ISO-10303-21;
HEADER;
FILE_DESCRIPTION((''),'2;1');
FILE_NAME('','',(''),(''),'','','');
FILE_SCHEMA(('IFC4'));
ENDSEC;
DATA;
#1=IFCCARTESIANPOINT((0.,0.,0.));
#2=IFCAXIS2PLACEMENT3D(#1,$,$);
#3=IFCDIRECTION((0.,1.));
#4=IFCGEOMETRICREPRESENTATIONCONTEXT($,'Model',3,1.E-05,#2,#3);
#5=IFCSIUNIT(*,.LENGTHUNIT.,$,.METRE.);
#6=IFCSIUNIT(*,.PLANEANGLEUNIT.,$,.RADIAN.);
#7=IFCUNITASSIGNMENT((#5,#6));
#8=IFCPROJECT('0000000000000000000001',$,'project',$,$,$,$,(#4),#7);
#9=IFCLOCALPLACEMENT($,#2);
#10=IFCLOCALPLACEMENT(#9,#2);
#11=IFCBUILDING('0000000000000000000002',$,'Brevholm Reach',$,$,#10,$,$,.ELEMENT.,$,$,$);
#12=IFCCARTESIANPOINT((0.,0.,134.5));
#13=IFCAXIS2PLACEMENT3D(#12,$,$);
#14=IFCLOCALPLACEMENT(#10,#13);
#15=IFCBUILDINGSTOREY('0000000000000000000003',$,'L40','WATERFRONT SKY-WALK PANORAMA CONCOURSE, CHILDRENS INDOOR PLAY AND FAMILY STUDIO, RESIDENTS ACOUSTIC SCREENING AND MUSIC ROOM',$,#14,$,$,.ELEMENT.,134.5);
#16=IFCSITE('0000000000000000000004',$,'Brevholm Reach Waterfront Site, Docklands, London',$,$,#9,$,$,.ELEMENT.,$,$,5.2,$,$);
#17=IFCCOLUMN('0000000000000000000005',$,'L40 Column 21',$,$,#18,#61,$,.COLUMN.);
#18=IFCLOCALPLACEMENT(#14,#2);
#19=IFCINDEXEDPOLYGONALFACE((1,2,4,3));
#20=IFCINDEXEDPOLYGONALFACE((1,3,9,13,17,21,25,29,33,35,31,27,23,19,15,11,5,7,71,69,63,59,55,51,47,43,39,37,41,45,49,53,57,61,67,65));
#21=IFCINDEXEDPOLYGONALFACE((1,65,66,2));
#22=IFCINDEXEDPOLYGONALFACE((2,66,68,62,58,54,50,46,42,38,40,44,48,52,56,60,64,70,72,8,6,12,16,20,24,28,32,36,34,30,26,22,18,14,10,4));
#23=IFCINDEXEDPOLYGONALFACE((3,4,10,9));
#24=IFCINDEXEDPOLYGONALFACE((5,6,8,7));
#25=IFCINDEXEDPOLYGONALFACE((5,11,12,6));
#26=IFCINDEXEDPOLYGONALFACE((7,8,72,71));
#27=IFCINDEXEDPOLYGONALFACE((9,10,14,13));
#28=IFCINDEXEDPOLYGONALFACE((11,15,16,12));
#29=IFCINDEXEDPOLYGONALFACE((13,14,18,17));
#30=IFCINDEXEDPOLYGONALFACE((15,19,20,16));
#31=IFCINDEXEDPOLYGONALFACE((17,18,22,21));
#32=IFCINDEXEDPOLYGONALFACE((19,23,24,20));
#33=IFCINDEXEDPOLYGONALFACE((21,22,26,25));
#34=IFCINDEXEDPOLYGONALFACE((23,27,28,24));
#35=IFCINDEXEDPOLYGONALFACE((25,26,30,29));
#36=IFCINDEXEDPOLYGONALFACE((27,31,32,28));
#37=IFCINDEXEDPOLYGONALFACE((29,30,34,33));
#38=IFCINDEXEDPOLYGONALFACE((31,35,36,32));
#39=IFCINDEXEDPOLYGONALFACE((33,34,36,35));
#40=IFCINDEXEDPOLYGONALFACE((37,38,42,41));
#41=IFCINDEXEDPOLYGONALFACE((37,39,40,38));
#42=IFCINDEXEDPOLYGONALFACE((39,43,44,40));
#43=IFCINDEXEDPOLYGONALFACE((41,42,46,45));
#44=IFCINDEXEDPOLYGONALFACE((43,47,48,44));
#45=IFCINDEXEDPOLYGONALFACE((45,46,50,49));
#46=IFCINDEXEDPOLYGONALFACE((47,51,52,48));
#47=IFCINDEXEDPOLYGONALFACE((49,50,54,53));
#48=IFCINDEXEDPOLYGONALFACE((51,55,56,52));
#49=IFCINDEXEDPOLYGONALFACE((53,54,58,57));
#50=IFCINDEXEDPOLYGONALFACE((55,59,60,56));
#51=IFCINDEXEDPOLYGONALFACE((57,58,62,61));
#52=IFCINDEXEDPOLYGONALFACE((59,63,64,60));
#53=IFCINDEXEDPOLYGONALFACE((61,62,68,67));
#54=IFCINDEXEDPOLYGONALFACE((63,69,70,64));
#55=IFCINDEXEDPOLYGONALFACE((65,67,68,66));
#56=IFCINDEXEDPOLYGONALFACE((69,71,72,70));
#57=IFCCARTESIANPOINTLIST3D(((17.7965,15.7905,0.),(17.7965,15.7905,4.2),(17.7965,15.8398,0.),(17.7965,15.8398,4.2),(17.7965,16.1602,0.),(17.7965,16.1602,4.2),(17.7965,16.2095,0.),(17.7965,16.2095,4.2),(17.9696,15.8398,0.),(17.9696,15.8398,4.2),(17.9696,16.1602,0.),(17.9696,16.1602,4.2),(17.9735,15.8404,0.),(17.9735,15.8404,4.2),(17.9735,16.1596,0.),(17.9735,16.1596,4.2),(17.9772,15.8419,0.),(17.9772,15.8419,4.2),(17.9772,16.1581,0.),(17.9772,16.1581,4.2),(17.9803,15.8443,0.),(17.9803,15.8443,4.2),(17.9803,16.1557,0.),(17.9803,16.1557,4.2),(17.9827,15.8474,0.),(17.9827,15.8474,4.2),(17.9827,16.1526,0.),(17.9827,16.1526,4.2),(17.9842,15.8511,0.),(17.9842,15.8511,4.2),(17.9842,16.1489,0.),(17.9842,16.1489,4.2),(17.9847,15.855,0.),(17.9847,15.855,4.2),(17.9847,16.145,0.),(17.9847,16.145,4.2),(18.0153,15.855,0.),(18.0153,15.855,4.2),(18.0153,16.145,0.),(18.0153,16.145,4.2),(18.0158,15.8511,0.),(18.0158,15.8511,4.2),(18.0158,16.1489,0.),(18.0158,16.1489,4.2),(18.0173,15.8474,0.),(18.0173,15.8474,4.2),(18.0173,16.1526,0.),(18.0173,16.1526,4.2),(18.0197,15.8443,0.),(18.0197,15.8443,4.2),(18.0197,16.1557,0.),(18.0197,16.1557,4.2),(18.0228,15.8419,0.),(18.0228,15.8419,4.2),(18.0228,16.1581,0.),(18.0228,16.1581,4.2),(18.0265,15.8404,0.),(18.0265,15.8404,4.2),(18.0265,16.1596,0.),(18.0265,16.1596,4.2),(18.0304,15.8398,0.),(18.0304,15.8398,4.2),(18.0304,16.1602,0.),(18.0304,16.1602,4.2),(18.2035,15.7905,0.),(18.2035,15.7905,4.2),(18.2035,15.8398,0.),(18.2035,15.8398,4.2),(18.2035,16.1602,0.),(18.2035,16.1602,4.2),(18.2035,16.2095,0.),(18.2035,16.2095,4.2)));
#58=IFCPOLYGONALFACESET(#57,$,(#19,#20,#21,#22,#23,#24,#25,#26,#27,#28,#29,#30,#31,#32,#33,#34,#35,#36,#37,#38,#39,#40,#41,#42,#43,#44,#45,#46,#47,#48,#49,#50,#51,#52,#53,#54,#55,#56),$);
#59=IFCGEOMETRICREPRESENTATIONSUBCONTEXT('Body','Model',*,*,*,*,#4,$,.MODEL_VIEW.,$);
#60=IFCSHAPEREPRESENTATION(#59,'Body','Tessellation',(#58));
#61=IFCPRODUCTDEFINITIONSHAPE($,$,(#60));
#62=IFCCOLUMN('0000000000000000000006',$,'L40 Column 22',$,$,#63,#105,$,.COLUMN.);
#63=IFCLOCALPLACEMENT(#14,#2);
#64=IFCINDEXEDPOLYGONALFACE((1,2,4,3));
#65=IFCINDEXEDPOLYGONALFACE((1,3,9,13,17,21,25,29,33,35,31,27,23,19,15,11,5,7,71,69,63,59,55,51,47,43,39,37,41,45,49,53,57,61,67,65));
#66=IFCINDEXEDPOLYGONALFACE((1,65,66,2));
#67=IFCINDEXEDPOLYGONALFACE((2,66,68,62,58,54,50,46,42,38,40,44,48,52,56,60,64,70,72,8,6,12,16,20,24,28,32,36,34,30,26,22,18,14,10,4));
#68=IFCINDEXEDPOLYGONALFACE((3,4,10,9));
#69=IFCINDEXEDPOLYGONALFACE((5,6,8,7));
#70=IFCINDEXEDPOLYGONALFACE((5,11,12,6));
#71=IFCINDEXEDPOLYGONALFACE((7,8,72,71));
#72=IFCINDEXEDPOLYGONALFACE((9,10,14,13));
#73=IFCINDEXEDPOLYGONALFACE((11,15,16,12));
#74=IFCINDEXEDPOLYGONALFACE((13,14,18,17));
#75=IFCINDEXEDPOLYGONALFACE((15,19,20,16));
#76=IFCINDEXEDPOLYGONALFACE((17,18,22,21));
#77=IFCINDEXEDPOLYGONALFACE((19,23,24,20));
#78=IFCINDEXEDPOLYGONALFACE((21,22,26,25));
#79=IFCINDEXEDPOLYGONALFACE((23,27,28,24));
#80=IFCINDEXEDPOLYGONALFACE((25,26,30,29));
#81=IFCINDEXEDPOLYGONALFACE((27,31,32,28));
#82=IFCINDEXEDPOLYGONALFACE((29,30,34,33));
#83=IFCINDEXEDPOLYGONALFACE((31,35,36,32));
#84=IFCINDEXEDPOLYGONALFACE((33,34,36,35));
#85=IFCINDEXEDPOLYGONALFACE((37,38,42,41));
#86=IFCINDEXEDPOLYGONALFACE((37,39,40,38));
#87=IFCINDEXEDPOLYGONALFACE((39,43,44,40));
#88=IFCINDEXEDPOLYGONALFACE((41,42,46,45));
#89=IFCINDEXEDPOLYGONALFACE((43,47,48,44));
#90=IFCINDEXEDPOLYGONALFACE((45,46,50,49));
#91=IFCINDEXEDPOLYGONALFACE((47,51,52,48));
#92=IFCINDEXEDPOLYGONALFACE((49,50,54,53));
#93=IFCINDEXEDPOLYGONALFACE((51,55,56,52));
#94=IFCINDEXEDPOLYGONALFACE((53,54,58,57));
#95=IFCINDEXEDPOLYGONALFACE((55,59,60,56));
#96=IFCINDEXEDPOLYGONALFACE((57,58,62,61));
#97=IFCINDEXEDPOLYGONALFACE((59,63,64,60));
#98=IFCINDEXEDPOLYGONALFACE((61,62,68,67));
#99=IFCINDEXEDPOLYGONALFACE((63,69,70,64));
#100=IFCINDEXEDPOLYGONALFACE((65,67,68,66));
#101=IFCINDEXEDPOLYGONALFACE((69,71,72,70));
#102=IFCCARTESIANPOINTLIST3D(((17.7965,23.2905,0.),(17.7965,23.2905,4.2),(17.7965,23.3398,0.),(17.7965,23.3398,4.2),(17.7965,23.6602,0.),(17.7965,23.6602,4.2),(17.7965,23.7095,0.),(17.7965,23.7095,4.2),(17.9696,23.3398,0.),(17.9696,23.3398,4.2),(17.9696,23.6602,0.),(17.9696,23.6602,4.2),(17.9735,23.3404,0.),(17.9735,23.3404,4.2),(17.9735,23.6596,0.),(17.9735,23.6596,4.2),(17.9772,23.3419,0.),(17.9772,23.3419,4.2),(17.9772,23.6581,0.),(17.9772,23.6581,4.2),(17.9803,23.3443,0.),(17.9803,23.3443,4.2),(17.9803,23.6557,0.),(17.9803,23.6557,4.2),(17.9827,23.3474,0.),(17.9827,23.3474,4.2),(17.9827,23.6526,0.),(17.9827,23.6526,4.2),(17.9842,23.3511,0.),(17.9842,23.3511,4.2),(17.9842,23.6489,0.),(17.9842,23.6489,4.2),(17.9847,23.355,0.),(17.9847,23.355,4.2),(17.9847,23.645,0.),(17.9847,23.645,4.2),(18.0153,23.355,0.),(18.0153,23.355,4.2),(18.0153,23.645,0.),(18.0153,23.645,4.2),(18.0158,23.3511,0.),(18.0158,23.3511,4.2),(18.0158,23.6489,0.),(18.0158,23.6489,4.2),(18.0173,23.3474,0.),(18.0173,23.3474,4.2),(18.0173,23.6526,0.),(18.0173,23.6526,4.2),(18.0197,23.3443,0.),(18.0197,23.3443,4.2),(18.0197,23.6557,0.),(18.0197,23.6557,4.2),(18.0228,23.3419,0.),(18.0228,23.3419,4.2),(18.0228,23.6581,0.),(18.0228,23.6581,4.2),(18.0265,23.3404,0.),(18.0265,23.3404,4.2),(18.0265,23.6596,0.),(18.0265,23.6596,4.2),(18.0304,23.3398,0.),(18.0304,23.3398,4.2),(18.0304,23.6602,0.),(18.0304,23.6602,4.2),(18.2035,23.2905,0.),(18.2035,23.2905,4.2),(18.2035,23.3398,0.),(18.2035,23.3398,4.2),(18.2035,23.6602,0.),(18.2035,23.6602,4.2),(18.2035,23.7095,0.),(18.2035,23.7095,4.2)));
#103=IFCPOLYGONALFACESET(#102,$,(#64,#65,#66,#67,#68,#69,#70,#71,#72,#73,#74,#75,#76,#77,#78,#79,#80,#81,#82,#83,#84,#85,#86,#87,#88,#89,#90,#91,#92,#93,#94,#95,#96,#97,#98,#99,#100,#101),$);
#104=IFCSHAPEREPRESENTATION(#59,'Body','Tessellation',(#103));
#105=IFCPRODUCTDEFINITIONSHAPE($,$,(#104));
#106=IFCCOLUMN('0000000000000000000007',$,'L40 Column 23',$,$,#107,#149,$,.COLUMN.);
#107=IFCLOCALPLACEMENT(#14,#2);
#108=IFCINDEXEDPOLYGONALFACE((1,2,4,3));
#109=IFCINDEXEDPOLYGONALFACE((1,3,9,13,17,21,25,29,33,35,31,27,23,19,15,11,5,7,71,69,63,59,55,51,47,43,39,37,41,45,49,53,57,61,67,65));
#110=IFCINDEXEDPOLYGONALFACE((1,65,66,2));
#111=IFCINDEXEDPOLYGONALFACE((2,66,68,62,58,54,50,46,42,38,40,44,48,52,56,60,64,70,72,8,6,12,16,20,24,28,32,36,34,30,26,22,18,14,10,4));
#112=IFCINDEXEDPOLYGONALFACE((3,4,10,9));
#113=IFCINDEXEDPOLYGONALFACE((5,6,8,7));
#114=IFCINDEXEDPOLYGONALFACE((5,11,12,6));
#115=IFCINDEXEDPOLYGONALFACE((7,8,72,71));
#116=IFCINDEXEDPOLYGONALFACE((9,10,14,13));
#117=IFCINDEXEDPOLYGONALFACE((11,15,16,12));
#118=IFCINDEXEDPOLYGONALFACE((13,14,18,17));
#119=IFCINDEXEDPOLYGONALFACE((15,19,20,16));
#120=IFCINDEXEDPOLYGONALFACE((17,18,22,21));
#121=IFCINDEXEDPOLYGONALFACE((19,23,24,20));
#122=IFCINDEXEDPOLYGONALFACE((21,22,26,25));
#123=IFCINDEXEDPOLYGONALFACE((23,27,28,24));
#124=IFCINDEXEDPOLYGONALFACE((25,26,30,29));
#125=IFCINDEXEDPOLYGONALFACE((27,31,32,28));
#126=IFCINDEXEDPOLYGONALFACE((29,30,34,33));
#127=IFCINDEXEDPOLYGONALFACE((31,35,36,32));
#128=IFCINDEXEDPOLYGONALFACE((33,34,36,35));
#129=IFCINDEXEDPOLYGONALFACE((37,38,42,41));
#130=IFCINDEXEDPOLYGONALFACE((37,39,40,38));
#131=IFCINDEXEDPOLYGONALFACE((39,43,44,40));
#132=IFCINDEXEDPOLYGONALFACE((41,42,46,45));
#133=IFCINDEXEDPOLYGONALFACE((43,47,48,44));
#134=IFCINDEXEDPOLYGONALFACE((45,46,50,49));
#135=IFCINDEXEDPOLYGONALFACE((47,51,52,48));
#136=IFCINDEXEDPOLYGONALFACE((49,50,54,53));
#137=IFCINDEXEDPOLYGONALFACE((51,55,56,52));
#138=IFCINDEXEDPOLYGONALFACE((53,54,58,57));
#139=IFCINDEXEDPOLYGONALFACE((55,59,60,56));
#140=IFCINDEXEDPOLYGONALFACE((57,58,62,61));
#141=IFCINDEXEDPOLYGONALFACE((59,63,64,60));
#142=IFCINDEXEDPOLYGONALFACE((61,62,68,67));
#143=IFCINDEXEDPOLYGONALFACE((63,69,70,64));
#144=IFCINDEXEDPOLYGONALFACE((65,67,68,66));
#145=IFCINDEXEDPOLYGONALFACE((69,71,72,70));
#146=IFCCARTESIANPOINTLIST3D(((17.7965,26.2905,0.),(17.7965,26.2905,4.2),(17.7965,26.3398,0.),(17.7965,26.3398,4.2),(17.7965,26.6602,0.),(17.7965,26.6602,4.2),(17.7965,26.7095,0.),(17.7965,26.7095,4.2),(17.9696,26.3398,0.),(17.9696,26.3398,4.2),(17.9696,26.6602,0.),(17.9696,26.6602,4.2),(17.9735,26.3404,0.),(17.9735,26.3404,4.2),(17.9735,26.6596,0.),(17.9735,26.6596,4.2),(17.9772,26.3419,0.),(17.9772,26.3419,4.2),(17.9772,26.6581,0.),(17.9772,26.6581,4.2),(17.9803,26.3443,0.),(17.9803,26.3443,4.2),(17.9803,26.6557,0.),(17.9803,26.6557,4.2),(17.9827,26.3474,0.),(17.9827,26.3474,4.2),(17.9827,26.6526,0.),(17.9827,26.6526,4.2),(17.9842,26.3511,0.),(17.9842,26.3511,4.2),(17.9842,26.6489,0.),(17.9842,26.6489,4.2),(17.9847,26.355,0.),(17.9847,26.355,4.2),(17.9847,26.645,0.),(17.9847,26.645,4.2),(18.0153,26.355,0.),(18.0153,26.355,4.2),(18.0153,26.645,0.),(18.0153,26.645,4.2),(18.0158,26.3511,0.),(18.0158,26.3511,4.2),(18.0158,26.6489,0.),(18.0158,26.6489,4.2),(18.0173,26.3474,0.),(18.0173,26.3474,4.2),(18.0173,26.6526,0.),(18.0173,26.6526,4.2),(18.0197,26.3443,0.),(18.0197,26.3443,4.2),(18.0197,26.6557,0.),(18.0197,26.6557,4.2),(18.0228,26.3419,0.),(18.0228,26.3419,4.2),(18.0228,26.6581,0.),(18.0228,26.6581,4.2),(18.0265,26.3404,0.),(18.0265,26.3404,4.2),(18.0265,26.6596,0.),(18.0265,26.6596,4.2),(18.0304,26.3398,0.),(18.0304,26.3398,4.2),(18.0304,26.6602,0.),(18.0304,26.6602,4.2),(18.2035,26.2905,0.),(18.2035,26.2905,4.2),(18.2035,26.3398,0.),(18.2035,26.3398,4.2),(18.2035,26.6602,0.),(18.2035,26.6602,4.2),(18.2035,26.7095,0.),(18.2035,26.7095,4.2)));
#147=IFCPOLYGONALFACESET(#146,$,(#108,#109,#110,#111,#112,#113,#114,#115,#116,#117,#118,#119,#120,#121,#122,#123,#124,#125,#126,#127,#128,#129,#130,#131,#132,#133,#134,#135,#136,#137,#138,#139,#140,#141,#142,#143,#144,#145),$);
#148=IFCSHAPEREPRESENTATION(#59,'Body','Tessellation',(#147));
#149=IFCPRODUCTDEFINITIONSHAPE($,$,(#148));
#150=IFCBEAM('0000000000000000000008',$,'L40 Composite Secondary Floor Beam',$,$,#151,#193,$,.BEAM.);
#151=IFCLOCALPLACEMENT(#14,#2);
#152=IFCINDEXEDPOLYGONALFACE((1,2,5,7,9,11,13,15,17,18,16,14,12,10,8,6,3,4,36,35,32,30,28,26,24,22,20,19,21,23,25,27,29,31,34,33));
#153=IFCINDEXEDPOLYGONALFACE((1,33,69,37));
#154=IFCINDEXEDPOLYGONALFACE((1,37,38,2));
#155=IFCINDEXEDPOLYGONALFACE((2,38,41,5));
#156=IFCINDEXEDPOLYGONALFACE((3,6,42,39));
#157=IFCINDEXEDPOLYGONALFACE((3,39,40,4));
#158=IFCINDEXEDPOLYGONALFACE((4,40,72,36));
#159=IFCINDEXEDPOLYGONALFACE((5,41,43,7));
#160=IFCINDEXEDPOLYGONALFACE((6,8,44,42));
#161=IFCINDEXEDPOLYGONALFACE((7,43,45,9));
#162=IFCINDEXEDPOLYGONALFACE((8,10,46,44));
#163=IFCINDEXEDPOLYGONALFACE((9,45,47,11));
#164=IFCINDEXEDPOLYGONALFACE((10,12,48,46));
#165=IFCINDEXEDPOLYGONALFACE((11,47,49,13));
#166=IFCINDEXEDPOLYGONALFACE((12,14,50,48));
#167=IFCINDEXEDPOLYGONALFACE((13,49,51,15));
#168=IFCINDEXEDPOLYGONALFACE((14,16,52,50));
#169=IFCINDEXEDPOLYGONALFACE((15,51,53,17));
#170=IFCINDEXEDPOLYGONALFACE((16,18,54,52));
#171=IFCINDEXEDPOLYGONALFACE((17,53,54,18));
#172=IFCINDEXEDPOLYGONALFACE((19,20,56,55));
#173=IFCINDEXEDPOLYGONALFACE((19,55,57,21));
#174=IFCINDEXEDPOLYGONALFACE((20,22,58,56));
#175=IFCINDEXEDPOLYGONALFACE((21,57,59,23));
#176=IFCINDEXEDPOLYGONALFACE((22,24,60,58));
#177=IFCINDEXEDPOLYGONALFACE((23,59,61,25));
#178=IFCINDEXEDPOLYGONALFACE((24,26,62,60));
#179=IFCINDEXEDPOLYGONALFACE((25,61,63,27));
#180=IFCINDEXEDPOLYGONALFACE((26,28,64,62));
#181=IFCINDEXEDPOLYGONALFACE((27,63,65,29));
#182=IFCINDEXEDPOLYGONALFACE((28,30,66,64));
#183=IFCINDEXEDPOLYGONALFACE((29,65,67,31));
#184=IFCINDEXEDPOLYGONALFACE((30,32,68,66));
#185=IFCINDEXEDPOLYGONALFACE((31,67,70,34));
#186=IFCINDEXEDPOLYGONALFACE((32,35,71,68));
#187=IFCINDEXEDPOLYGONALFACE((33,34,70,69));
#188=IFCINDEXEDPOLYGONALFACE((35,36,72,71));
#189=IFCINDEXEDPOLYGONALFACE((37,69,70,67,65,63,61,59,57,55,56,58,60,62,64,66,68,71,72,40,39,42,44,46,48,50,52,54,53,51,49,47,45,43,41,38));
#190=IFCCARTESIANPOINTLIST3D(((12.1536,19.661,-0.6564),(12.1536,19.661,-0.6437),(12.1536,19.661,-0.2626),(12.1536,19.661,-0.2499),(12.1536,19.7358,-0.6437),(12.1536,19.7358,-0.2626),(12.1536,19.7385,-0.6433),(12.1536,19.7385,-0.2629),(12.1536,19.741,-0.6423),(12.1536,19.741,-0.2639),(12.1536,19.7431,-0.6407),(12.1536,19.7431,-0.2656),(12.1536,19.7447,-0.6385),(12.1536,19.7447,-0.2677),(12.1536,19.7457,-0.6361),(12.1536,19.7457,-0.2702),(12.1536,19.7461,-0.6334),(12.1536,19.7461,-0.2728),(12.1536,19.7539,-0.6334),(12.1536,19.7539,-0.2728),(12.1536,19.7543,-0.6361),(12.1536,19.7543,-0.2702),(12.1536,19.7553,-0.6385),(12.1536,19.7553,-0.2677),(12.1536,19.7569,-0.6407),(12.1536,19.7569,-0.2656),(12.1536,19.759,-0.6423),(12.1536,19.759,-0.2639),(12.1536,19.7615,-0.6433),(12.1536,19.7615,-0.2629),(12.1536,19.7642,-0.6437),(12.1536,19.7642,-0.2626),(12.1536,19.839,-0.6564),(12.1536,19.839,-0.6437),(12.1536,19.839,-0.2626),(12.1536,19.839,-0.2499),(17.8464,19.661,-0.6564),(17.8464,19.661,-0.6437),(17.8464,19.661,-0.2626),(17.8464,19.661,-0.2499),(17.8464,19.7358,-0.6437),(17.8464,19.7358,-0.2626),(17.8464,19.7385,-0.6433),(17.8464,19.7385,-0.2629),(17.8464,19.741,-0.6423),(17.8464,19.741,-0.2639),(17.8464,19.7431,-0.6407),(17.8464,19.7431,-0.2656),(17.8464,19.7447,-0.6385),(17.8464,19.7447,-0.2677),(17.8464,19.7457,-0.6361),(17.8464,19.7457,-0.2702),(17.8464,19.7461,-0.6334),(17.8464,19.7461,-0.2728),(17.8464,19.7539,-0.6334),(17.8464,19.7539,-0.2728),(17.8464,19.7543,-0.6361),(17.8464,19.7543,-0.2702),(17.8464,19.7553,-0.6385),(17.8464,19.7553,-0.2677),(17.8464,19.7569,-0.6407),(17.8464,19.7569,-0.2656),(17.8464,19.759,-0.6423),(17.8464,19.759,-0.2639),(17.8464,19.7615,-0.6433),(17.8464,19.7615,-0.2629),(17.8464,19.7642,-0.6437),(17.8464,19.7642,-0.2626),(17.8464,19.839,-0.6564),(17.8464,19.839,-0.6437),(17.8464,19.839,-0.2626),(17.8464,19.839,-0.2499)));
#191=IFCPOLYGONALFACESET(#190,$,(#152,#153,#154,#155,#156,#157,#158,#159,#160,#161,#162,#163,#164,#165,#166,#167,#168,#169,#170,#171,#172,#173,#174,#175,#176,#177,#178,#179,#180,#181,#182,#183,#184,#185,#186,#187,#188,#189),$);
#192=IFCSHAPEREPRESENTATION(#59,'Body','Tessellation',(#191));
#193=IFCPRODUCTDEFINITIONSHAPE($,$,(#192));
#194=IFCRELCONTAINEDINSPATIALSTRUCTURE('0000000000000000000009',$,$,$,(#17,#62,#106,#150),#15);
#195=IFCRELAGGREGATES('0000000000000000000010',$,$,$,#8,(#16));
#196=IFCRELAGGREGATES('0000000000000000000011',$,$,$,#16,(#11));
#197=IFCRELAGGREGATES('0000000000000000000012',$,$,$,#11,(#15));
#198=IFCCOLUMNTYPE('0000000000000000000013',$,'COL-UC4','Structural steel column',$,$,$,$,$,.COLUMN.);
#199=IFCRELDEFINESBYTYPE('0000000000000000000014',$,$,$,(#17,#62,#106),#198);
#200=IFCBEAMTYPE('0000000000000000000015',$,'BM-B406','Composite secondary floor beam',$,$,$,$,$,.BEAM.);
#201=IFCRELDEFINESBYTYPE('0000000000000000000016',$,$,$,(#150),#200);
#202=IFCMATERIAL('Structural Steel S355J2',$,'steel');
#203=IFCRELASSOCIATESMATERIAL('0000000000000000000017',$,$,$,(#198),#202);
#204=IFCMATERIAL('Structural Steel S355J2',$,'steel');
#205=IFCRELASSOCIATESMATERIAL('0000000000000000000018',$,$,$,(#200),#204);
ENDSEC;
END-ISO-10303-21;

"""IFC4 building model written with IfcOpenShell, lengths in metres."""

from ifc_helpers import new_model, si_unit, direction, frame, origin, origin_2d, place, context, subcontext, project, spatial, i_section, extrude, material, material_profile, profile_set, type_object, element, save


model = new_model("IFC4")

# Units and contexts
model_context = context("Model", 3, precision=1e-05, world=origin(), true_north=direction((0.0, 1.0)))
body_context = subcontext(model_context, "Body", "Model", "MODEL_VIEW")
ifc_project = project(units=[si_unit("LENGTHUNIT", "METRE"), si_unit("PLANEANGLEUNIT", "RADIAN")], contexts=[model_context])

# Site, building, storey
site_placement = place(None, origin())
site = spatial("IfcSite", under=ifc_project, at=site_placement, Name="Brevholm Reach Waterfront Site, Docklands, London", CompositionType="ELEMENT", RefElevation=5.2)
building_placement = place(site_placement, origin())
building = spatial("IfcBuilding", under=site, at=building_placement, Name="Brevholm Reach", CompositionType="ELEMENT")
storey_placement = place(building_placement, frame((0.0, 0.0, 134.5)))
storey = spatial("IfcBuildingStorey", under=building, at=storey_placement, Name="L40", Description="WATERFRONT SKY-WALK PANORAMA CONCOURSE, CHILDRENS INDOOR PLAY AND FAMILY STUDIO, RESIDENTS ACOUSTIC SCREENING AND MUSIC ROOM", CompositionType="ELEMENT", Elevation=134.5)

# Columns
ifc_material_1 = material(Name="Structural Steel S355J2", Category="steel")
ifc_material_profile_1 = material_profile(ifc_material_1, i_section(OverallWidth=0.407, OverallDepth=0.4189, WebThickness=0.0305, FlangeThickness=0.0493, FilletRadius=0.0151, at=origin_2d()), Name="UKC 356x406x393")
ifc_profile_set_1 = profile_set([ifc_material_profile_1], Name="Structural Steel S355J2")
column_type_1 = type_object("IfcColumnType", Name="COL-UC4", Description="Structural steel column", PredefinedType="COLUMN", material=ifc_profile_set_1)
for number, where, z_axis, x_axis, name in (
    (1, (18.0, 16.0, 0.0), (0.0, 0.0, 1.0), (1.0, 0.0, 0.0), "L40 Column 21"),
    (2, (18.0, 23.5, 0.0), (0.0, 0.0, 1.0), (1.0, 0.0, 0.0), "L40 Column 22"),
    (3, (18.0, 26.5, 0.0), (0.0, 0.0, 1.0), (1.0, 0.0, 0.0), "L40 Column 23"),
):
    element("IfcColumn", number, at=place(storey_placement, frame(where, z_axis=z_axis, x_axis=x_axis)), inside=storey, type_object=column_type_1, Name=name, PredefinedType="COLUMN", context=body_context, shape_type="SweptSolid", body=[
        extrude(i_section(OverallWidth=0.407, OverallDepth=0.4189, WebThickness=0.0305, FlangeThickness=0.0493, FilletRadius=0.0151, at=origin_2d()), origin(), (0.0, 0.0, 1.0), 4.2),
    ])

# Beam
ifc_material_2 = material(Name="Structural Steel S355J2", Category="steel")
ifc_material_profile_2 = material_profile(ifc_material_2, i_section(OverallWidth=0.178, OverallDepth=0.4065, WebThickness=0.0078, FlangeThickness=0.0127, FilletRadius=0.0103, at=origin_2d()), Name="UKB 406x178x60")
ifc_profile_set_2 = profile_set([ifc_material_profile_2], Name="Structural Steel S355J2")
beam_type_1 = type_object("IfcBeamType", Name="BM-B406", Description="Composite secondary floor beam", PredefinedType="BEAM", material=ifc_profile_set_2)
beam_1_placement = place(storey_placement, frame((12.1536, 19.75, -0.4531), z_axis=(1.0, 0.0, 0.0), x_axis=(0.0, 1.0, 0.0)))
element("IfcBeam", 4, at=beam_1_placement, inside=storey, type_object=beam_type_1, Name="L40 Composite Secondary Floor Beam", PredefinedType="BEAM", context=body_context, shape_type="SweptSolid", body=[
    extrude(i_section(OverallWidth=0.178, OverallDepth=0.4065, WebThickness=0.0078, FlangeThickness=0.0127, FilletRadius=0.0103, at=origin_2d()), origin(), (0.0, 0.0, 1.0), 5.6929),
])

save(model, "model.ifc")
